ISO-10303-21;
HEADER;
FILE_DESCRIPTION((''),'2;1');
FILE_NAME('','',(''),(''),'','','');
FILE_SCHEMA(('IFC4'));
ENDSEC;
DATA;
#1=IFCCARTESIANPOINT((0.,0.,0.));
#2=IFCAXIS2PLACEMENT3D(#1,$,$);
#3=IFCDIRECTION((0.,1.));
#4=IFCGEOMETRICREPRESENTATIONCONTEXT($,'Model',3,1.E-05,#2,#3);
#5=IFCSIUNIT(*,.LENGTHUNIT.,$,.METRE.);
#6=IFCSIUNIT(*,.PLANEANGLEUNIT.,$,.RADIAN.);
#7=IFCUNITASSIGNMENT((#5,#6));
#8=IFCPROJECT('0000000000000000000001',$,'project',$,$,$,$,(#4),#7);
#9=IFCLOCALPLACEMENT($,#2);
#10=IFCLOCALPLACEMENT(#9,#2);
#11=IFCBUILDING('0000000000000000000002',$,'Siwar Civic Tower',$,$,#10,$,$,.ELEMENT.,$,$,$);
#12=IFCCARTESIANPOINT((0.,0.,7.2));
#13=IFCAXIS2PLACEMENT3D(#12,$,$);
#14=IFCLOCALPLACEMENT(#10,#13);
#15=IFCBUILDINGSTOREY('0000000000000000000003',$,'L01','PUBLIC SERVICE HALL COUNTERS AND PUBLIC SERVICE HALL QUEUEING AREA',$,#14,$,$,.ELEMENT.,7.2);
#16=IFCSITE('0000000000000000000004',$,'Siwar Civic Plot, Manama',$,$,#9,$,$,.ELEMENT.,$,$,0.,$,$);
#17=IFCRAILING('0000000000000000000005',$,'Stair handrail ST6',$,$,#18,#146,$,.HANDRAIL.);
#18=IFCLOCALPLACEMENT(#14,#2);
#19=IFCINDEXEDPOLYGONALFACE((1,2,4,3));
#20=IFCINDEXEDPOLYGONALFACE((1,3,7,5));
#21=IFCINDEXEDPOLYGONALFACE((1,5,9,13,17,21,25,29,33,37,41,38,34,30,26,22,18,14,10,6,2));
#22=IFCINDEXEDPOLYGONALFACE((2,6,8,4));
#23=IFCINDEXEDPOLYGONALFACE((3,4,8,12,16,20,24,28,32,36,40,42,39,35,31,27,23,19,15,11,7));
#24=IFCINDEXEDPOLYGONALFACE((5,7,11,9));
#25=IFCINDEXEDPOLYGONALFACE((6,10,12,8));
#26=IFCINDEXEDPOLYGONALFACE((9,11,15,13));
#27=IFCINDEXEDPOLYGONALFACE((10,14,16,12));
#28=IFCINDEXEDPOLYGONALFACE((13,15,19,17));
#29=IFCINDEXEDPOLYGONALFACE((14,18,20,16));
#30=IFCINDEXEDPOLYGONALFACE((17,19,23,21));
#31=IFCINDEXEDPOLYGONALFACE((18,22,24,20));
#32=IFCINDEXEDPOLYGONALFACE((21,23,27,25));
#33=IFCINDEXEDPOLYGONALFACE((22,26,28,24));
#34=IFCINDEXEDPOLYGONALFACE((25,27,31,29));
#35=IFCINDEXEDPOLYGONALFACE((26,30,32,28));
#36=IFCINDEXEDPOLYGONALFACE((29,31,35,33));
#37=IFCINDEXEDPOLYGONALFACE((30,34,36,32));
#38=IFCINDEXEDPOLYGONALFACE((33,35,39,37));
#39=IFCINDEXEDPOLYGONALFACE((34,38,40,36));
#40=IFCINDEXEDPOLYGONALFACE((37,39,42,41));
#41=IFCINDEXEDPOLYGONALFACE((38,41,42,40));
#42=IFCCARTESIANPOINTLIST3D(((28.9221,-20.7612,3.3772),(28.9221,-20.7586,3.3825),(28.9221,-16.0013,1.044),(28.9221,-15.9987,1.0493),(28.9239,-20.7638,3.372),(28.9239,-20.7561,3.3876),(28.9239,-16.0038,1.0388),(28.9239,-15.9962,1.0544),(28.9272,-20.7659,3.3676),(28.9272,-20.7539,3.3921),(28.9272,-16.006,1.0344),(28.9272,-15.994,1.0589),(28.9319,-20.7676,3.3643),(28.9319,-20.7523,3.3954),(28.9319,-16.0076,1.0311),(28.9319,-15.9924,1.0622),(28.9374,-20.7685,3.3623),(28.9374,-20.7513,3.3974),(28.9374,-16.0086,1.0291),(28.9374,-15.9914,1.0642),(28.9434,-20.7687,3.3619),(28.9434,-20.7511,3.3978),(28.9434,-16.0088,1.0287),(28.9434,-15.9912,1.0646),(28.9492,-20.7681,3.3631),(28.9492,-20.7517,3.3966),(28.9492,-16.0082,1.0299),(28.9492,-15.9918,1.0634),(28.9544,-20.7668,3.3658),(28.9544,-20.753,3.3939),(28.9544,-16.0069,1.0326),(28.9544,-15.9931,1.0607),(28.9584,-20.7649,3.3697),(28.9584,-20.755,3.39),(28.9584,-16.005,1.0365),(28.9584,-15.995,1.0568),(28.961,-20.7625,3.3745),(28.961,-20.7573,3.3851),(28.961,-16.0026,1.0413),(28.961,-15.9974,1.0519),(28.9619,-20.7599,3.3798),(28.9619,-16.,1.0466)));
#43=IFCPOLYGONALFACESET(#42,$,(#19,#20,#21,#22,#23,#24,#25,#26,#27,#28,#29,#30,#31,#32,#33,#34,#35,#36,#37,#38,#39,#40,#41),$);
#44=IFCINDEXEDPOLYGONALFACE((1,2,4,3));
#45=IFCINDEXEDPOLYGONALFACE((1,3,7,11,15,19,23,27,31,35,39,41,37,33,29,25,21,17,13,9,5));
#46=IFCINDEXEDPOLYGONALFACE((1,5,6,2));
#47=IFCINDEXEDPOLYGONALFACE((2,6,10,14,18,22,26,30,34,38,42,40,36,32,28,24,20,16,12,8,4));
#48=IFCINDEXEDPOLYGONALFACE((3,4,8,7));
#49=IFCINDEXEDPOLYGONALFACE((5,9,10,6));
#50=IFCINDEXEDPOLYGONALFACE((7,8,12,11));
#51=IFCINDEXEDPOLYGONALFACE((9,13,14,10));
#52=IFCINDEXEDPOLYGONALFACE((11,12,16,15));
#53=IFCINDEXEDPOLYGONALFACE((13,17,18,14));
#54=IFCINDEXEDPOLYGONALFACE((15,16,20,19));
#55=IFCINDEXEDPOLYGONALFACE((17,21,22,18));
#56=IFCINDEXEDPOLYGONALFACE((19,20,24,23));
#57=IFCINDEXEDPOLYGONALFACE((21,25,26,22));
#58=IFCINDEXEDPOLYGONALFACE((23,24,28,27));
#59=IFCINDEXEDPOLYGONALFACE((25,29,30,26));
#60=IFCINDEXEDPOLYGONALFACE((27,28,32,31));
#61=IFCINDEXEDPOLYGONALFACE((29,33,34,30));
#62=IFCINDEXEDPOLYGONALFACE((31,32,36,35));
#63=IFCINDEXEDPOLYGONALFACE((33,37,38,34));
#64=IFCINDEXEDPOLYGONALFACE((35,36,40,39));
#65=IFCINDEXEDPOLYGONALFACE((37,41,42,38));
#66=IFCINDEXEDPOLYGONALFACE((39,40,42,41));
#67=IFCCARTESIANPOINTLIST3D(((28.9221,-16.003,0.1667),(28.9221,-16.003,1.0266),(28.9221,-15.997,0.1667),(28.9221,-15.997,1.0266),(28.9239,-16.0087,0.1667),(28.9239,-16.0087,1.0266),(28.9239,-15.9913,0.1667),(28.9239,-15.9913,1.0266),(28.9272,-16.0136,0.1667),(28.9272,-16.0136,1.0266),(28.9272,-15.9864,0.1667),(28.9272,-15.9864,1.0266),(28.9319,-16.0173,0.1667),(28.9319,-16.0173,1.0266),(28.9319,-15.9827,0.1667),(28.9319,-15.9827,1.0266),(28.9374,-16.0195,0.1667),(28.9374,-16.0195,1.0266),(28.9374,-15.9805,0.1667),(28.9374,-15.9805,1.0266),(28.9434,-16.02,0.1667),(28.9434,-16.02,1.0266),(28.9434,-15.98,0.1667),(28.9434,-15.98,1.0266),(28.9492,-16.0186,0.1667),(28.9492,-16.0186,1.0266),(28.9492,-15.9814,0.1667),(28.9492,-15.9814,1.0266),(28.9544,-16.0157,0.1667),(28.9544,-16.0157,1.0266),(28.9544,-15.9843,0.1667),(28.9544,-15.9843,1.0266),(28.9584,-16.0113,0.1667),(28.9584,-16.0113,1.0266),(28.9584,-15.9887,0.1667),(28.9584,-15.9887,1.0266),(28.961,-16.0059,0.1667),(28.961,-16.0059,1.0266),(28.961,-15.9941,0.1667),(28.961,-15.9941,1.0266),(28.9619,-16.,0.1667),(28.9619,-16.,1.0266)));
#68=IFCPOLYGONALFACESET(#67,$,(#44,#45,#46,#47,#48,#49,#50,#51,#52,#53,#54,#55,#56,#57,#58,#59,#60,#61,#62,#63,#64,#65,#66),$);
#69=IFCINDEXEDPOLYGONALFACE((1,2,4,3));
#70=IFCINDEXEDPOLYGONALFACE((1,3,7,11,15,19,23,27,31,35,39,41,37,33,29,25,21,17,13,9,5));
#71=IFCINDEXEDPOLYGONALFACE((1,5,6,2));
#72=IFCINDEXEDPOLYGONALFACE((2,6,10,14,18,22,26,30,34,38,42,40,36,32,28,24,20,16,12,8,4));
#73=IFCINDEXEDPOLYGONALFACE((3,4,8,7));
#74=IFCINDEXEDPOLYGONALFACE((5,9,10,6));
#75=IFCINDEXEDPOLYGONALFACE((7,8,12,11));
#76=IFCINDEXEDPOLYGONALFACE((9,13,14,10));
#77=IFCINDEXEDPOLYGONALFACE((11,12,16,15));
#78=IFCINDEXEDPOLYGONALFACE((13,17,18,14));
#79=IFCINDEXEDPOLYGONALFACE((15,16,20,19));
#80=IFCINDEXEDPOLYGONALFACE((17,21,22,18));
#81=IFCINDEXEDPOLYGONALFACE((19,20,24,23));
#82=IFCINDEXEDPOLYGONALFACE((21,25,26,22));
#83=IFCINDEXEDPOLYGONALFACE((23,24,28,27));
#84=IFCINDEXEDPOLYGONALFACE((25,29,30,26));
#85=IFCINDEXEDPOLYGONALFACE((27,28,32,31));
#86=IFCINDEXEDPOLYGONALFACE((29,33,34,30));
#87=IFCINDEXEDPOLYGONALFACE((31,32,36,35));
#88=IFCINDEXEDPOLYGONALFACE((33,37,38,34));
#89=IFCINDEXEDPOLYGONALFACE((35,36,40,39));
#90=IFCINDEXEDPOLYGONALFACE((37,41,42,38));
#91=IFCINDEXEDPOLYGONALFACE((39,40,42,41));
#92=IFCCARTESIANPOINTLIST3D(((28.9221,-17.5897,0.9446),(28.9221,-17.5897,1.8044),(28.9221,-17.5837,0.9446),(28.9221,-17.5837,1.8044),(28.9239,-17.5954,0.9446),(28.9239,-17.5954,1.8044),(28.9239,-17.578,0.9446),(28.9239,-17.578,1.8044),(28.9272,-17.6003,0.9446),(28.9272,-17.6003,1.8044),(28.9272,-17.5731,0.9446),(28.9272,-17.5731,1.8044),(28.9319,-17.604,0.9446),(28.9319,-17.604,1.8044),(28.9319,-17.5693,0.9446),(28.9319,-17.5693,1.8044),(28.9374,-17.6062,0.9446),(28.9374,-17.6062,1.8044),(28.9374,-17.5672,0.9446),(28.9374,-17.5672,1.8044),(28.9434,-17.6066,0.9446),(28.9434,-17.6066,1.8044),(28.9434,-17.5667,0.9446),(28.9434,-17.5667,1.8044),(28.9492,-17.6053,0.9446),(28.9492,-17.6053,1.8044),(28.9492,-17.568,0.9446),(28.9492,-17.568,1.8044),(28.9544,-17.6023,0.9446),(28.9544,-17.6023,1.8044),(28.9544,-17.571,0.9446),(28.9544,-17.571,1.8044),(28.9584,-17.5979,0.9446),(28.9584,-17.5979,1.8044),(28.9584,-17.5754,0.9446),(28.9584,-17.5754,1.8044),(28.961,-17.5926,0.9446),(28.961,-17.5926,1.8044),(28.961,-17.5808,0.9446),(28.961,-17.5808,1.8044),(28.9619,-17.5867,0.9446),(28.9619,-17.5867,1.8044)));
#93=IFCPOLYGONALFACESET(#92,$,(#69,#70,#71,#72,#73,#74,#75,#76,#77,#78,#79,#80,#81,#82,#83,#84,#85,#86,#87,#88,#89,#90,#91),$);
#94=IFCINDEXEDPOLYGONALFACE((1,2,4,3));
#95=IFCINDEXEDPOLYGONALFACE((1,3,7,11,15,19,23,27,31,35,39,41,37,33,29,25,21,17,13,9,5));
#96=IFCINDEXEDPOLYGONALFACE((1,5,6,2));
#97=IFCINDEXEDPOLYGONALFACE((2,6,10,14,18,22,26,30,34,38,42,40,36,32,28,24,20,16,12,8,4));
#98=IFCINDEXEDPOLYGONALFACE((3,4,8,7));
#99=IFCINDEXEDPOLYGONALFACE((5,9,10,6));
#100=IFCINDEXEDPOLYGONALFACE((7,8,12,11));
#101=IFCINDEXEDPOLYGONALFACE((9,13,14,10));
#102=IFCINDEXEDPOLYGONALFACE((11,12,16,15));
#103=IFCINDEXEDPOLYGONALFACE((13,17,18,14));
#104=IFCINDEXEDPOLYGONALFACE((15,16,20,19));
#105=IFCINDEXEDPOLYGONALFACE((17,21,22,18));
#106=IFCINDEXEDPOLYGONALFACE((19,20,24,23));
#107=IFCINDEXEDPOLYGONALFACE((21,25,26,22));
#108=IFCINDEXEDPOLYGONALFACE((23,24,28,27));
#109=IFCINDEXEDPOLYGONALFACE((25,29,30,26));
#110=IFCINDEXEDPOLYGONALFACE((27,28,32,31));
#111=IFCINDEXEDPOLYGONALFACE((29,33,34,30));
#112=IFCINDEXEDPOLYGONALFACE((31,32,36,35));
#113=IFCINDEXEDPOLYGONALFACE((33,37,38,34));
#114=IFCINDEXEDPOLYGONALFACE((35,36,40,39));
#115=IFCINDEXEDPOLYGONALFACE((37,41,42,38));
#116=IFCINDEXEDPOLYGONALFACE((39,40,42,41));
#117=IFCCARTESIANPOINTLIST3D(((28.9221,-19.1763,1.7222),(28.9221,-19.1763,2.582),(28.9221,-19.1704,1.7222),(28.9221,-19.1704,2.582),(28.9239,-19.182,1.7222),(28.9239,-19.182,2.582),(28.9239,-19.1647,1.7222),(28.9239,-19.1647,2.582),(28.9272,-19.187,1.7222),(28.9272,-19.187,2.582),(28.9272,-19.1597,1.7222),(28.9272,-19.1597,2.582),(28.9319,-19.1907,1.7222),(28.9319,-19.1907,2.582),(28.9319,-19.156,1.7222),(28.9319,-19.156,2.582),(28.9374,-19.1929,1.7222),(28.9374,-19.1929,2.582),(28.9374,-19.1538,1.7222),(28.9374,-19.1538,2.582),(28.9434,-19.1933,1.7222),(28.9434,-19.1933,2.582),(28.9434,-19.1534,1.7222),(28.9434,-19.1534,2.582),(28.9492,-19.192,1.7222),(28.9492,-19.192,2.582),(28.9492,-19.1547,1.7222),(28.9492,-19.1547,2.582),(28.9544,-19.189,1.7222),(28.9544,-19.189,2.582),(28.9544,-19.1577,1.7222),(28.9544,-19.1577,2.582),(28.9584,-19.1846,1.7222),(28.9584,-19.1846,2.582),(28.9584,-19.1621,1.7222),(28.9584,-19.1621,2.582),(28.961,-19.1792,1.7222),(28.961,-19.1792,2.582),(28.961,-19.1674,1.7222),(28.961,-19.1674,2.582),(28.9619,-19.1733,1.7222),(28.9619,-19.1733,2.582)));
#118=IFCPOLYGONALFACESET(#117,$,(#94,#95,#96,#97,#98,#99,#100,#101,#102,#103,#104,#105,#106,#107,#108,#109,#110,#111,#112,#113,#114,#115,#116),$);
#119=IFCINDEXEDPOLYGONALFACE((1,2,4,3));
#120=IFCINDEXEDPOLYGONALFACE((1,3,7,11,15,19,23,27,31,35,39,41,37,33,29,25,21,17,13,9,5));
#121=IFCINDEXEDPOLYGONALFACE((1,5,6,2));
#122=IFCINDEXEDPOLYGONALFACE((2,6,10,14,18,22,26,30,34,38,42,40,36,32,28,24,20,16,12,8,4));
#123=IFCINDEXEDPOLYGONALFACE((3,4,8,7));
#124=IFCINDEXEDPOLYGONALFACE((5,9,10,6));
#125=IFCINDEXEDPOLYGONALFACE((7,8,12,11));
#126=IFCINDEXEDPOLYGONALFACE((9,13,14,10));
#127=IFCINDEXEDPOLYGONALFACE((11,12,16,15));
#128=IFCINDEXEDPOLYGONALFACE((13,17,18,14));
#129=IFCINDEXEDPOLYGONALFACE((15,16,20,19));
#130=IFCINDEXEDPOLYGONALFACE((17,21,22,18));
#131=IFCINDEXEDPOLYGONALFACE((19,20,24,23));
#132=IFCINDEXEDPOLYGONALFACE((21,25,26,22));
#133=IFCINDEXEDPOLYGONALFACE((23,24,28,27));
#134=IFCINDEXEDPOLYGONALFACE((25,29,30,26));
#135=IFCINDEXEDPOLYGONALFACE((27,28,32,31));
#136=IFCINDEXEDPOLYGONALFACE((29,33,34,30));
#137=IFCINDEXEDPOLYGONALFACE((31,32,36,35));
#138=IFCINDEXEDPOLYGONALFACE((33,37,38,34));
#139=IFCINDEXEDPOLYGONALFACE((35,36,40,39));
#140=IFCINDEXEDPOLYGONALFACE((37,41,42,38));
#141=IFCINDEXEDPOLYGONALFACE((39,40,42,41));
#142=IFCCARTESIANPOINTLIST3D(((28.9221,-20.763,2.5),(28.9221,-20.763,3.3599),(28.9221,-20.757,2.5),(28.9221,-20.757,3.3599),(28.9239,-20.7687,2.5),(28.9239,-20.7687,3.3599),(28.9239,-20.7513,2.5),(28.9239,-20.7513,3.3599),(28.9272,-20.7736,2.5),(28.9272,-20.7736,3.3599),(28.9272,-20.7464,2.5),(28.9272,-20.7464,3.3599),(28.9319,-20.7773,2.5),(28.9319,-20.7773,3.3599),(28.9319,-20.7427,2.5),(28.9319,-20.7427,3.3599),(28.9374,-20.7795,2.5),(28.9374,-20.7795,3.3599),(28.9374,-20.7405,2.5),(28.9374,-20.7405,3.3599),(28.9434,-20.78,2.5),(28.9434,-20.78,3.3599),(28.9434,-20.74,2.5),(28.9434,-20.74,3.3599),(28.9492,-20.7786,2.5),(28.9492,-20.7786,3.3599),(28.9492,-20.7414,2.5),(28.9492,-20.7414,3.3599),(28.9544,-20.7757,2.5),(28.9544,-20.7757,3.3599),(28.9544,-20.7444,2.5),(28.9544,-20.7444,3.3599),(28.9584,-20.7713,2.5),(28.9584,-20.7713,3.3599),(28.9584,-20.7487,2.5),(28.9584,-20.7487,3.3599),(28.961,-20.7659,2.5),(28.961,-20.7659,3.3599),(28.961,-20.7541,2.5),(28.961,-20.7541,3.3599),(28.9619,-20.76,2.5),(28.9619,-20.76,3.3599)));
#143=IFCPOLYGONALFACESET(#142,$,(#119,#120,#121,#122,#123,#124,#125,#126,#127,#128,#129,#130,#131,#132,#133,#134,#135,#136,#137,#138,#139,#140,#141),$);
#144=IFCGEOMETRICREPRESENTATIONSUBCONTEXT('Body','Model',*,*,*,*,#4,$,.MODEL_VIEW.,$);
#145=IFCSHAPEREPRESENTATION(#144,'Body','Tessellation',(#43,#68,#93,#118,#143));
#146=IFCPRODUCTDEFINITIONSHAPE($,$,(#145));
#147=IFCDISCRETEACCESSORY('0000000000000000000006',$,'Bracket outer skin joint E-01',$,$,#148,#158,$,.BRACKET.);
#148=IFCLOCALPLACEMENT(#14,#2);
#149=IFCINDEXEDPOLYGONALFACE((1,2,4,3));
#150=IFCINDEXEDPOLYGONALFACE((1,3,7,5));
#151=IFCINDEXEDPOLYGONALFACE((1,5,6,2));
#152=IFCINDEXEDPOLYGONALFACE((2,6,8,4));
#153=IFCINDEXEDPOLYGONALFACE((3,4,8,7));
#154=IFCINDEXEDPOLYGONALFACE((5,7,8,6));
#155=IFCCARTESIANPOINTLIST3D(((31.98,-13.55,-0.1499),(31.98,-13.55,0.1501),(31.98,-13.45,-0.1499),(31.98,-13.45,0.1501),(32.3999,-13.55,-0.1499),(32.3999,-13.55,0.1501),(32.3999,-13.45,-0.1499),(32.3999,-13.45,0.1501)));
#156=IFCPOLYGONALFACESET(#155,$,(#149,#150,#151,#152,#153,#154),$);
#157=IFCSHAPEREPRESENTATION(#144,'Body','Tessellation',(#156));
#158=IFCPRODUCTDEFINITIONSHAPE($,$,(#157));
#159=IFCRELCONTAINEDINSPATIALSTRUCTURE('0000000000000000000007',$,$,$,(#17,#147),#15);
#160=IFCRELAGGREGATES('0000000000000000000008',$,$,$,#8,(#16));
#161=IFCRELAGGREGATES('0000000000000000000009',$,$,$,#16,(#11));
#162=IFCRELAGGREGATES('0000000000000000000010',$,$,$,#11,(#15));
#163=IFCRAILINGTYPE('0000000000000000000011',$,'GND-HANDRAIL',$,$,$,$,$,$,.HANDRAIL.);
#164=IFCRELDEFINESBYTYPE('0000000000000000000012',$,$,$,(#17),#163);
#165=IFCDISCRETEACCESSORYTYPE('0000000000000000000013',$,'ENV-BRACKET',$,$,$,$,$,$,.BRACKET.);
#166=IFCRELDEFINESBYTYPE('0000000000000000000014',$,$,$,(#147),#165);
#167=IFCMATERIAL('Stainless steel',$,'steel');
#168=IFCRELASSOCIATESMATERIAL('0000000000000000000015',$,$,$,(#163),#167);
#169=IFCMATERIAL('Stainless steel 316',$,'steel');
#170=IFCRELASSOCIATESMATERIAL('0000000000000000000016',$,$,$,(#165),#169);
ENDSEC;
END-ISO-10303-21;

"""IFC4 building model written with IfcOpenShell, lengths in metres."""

from ifc_helpers import new_model, si_unit, direction, frame, origin, origin_2d, place, context, subcontext, project, spatial, rectangle, circle, extrude, material, type_object, element, save


model = new_model("IFC4")

# Units and contexts
model_context = context("Model", 3, precision=1e-05, world=origin(), true_north=direction((0.0, 1.0)))
body_context = subcontext(model_context, "Body", "Model", "MODEL_VIEW")
ifc_project = project(units=[si_unit("LENGTHUNIT", "METRE"), si_unit("PLANEANGLEUNIT", "RADIAN")], contexts=[model_context])

# Site, building, storey
site_placement = place(None, origin())
site = spatial("IfcSite", under=ifc_project, at=site_placement, Name="Siwar Civic Plot, Manama", CompositionType="ELEMENT", RefElevation=0.0)
building_placement = place(site_placement, origin())
building = spatial("IfcBuilding", under=site, at=building_placement, Name="Siwar Civic Tower", CompositionType="ELEMENT")
storey_placement = place(building_placement, frame((0.0, 0.0, 7.2)))
storey = spatial("IfcBuildingStorey", under=building, at=storey_placement, Name="L01", Description="PUBLIC SERVICE HALL COUNTERS AND PUBLIC SERVICE HALL QUEUEING AREA", CompositionType="ELEMENT", Elevation=7.2)

# Railing
ifc_material_1 = material(Name="Stainless steel", Category="steel")
railing_type = type_object("IfcRailingType", Name="GND-HANDRAIL", PredefinedType="HANDRAIL", material=ifc_material_1)
railing_placement = place(storey_placement, frame((28.9419, -16.0, 0.1667)))
element("IfcRailing", 1, at=railing_placement, inside=storey, type_object=railing_type, Name="Stair handrail ST6", PredefinedType="HANDRAIL", context=body_context, shape_type="SweptSolid", body=[
    extrude(circle(Radius=0.02, at=origin_2d()), frame((0.0, 0.0, 0.8799), z_axis=(0.0, -0.897927, 0.440144), x_axis=(1.0, 0.0, 0.0)), (0.0, 0.0, 1.0), 5.301),
    extrude(circle(Radius=0.02, at=origin_2d()), origin(), (0.0, 0.0, 1.0), 0.8599),
    extrude(circle(Radius=0.02, at=origin_2d()), frame((0.0, -1.5867, 0.7778)), (0.0, 0.0, 1.0), 0.8599),
    extrude(circle(Radius=0.02, at=origin_2d()), frame((0.0, -3.1733, 1.5554)), (0.0, 0.0, 1.0), 0.8599),
    extrude(circle(Radius=0.02, at=origin_2d()), frame((0.0, -4.76, 2.3333)), (0.0, 0.0, 1.0), 0.8599),
])

# Discrete accessory
ifc_material_2 = material(Name="Stainless steel 316", Category="steel")
discrete_accessory_type = type_object("IfcDiscreteAccessoryType", Name="ENV-BRACKET", PredefinedType="BRACKET", material=ifc_material_2)
discrete_accessory_placement = place(storey_placement, frame((32.1899, -13.5, -0.1499), z_axis=(0.0, 0.0, 1.0), x_axis=(1.0, 0.0, 0.0)))
element("IfcDiscreteAccessory", 2, at=discrete_accessory_placement, inside=storey, type_object=discrete_accessory_type, Name="Bracket outer skin joint E-01", PredefinedType="BRACKET", context=body_context, shape_type="SweptSolid", body=[
    extrude(rectangle(XDim=0.4199, YDim=0.1001, at=origin_2d()), origin(), (0.0, 0.0, 1.0), 0.3),
])

save(model, "model.ifc")
